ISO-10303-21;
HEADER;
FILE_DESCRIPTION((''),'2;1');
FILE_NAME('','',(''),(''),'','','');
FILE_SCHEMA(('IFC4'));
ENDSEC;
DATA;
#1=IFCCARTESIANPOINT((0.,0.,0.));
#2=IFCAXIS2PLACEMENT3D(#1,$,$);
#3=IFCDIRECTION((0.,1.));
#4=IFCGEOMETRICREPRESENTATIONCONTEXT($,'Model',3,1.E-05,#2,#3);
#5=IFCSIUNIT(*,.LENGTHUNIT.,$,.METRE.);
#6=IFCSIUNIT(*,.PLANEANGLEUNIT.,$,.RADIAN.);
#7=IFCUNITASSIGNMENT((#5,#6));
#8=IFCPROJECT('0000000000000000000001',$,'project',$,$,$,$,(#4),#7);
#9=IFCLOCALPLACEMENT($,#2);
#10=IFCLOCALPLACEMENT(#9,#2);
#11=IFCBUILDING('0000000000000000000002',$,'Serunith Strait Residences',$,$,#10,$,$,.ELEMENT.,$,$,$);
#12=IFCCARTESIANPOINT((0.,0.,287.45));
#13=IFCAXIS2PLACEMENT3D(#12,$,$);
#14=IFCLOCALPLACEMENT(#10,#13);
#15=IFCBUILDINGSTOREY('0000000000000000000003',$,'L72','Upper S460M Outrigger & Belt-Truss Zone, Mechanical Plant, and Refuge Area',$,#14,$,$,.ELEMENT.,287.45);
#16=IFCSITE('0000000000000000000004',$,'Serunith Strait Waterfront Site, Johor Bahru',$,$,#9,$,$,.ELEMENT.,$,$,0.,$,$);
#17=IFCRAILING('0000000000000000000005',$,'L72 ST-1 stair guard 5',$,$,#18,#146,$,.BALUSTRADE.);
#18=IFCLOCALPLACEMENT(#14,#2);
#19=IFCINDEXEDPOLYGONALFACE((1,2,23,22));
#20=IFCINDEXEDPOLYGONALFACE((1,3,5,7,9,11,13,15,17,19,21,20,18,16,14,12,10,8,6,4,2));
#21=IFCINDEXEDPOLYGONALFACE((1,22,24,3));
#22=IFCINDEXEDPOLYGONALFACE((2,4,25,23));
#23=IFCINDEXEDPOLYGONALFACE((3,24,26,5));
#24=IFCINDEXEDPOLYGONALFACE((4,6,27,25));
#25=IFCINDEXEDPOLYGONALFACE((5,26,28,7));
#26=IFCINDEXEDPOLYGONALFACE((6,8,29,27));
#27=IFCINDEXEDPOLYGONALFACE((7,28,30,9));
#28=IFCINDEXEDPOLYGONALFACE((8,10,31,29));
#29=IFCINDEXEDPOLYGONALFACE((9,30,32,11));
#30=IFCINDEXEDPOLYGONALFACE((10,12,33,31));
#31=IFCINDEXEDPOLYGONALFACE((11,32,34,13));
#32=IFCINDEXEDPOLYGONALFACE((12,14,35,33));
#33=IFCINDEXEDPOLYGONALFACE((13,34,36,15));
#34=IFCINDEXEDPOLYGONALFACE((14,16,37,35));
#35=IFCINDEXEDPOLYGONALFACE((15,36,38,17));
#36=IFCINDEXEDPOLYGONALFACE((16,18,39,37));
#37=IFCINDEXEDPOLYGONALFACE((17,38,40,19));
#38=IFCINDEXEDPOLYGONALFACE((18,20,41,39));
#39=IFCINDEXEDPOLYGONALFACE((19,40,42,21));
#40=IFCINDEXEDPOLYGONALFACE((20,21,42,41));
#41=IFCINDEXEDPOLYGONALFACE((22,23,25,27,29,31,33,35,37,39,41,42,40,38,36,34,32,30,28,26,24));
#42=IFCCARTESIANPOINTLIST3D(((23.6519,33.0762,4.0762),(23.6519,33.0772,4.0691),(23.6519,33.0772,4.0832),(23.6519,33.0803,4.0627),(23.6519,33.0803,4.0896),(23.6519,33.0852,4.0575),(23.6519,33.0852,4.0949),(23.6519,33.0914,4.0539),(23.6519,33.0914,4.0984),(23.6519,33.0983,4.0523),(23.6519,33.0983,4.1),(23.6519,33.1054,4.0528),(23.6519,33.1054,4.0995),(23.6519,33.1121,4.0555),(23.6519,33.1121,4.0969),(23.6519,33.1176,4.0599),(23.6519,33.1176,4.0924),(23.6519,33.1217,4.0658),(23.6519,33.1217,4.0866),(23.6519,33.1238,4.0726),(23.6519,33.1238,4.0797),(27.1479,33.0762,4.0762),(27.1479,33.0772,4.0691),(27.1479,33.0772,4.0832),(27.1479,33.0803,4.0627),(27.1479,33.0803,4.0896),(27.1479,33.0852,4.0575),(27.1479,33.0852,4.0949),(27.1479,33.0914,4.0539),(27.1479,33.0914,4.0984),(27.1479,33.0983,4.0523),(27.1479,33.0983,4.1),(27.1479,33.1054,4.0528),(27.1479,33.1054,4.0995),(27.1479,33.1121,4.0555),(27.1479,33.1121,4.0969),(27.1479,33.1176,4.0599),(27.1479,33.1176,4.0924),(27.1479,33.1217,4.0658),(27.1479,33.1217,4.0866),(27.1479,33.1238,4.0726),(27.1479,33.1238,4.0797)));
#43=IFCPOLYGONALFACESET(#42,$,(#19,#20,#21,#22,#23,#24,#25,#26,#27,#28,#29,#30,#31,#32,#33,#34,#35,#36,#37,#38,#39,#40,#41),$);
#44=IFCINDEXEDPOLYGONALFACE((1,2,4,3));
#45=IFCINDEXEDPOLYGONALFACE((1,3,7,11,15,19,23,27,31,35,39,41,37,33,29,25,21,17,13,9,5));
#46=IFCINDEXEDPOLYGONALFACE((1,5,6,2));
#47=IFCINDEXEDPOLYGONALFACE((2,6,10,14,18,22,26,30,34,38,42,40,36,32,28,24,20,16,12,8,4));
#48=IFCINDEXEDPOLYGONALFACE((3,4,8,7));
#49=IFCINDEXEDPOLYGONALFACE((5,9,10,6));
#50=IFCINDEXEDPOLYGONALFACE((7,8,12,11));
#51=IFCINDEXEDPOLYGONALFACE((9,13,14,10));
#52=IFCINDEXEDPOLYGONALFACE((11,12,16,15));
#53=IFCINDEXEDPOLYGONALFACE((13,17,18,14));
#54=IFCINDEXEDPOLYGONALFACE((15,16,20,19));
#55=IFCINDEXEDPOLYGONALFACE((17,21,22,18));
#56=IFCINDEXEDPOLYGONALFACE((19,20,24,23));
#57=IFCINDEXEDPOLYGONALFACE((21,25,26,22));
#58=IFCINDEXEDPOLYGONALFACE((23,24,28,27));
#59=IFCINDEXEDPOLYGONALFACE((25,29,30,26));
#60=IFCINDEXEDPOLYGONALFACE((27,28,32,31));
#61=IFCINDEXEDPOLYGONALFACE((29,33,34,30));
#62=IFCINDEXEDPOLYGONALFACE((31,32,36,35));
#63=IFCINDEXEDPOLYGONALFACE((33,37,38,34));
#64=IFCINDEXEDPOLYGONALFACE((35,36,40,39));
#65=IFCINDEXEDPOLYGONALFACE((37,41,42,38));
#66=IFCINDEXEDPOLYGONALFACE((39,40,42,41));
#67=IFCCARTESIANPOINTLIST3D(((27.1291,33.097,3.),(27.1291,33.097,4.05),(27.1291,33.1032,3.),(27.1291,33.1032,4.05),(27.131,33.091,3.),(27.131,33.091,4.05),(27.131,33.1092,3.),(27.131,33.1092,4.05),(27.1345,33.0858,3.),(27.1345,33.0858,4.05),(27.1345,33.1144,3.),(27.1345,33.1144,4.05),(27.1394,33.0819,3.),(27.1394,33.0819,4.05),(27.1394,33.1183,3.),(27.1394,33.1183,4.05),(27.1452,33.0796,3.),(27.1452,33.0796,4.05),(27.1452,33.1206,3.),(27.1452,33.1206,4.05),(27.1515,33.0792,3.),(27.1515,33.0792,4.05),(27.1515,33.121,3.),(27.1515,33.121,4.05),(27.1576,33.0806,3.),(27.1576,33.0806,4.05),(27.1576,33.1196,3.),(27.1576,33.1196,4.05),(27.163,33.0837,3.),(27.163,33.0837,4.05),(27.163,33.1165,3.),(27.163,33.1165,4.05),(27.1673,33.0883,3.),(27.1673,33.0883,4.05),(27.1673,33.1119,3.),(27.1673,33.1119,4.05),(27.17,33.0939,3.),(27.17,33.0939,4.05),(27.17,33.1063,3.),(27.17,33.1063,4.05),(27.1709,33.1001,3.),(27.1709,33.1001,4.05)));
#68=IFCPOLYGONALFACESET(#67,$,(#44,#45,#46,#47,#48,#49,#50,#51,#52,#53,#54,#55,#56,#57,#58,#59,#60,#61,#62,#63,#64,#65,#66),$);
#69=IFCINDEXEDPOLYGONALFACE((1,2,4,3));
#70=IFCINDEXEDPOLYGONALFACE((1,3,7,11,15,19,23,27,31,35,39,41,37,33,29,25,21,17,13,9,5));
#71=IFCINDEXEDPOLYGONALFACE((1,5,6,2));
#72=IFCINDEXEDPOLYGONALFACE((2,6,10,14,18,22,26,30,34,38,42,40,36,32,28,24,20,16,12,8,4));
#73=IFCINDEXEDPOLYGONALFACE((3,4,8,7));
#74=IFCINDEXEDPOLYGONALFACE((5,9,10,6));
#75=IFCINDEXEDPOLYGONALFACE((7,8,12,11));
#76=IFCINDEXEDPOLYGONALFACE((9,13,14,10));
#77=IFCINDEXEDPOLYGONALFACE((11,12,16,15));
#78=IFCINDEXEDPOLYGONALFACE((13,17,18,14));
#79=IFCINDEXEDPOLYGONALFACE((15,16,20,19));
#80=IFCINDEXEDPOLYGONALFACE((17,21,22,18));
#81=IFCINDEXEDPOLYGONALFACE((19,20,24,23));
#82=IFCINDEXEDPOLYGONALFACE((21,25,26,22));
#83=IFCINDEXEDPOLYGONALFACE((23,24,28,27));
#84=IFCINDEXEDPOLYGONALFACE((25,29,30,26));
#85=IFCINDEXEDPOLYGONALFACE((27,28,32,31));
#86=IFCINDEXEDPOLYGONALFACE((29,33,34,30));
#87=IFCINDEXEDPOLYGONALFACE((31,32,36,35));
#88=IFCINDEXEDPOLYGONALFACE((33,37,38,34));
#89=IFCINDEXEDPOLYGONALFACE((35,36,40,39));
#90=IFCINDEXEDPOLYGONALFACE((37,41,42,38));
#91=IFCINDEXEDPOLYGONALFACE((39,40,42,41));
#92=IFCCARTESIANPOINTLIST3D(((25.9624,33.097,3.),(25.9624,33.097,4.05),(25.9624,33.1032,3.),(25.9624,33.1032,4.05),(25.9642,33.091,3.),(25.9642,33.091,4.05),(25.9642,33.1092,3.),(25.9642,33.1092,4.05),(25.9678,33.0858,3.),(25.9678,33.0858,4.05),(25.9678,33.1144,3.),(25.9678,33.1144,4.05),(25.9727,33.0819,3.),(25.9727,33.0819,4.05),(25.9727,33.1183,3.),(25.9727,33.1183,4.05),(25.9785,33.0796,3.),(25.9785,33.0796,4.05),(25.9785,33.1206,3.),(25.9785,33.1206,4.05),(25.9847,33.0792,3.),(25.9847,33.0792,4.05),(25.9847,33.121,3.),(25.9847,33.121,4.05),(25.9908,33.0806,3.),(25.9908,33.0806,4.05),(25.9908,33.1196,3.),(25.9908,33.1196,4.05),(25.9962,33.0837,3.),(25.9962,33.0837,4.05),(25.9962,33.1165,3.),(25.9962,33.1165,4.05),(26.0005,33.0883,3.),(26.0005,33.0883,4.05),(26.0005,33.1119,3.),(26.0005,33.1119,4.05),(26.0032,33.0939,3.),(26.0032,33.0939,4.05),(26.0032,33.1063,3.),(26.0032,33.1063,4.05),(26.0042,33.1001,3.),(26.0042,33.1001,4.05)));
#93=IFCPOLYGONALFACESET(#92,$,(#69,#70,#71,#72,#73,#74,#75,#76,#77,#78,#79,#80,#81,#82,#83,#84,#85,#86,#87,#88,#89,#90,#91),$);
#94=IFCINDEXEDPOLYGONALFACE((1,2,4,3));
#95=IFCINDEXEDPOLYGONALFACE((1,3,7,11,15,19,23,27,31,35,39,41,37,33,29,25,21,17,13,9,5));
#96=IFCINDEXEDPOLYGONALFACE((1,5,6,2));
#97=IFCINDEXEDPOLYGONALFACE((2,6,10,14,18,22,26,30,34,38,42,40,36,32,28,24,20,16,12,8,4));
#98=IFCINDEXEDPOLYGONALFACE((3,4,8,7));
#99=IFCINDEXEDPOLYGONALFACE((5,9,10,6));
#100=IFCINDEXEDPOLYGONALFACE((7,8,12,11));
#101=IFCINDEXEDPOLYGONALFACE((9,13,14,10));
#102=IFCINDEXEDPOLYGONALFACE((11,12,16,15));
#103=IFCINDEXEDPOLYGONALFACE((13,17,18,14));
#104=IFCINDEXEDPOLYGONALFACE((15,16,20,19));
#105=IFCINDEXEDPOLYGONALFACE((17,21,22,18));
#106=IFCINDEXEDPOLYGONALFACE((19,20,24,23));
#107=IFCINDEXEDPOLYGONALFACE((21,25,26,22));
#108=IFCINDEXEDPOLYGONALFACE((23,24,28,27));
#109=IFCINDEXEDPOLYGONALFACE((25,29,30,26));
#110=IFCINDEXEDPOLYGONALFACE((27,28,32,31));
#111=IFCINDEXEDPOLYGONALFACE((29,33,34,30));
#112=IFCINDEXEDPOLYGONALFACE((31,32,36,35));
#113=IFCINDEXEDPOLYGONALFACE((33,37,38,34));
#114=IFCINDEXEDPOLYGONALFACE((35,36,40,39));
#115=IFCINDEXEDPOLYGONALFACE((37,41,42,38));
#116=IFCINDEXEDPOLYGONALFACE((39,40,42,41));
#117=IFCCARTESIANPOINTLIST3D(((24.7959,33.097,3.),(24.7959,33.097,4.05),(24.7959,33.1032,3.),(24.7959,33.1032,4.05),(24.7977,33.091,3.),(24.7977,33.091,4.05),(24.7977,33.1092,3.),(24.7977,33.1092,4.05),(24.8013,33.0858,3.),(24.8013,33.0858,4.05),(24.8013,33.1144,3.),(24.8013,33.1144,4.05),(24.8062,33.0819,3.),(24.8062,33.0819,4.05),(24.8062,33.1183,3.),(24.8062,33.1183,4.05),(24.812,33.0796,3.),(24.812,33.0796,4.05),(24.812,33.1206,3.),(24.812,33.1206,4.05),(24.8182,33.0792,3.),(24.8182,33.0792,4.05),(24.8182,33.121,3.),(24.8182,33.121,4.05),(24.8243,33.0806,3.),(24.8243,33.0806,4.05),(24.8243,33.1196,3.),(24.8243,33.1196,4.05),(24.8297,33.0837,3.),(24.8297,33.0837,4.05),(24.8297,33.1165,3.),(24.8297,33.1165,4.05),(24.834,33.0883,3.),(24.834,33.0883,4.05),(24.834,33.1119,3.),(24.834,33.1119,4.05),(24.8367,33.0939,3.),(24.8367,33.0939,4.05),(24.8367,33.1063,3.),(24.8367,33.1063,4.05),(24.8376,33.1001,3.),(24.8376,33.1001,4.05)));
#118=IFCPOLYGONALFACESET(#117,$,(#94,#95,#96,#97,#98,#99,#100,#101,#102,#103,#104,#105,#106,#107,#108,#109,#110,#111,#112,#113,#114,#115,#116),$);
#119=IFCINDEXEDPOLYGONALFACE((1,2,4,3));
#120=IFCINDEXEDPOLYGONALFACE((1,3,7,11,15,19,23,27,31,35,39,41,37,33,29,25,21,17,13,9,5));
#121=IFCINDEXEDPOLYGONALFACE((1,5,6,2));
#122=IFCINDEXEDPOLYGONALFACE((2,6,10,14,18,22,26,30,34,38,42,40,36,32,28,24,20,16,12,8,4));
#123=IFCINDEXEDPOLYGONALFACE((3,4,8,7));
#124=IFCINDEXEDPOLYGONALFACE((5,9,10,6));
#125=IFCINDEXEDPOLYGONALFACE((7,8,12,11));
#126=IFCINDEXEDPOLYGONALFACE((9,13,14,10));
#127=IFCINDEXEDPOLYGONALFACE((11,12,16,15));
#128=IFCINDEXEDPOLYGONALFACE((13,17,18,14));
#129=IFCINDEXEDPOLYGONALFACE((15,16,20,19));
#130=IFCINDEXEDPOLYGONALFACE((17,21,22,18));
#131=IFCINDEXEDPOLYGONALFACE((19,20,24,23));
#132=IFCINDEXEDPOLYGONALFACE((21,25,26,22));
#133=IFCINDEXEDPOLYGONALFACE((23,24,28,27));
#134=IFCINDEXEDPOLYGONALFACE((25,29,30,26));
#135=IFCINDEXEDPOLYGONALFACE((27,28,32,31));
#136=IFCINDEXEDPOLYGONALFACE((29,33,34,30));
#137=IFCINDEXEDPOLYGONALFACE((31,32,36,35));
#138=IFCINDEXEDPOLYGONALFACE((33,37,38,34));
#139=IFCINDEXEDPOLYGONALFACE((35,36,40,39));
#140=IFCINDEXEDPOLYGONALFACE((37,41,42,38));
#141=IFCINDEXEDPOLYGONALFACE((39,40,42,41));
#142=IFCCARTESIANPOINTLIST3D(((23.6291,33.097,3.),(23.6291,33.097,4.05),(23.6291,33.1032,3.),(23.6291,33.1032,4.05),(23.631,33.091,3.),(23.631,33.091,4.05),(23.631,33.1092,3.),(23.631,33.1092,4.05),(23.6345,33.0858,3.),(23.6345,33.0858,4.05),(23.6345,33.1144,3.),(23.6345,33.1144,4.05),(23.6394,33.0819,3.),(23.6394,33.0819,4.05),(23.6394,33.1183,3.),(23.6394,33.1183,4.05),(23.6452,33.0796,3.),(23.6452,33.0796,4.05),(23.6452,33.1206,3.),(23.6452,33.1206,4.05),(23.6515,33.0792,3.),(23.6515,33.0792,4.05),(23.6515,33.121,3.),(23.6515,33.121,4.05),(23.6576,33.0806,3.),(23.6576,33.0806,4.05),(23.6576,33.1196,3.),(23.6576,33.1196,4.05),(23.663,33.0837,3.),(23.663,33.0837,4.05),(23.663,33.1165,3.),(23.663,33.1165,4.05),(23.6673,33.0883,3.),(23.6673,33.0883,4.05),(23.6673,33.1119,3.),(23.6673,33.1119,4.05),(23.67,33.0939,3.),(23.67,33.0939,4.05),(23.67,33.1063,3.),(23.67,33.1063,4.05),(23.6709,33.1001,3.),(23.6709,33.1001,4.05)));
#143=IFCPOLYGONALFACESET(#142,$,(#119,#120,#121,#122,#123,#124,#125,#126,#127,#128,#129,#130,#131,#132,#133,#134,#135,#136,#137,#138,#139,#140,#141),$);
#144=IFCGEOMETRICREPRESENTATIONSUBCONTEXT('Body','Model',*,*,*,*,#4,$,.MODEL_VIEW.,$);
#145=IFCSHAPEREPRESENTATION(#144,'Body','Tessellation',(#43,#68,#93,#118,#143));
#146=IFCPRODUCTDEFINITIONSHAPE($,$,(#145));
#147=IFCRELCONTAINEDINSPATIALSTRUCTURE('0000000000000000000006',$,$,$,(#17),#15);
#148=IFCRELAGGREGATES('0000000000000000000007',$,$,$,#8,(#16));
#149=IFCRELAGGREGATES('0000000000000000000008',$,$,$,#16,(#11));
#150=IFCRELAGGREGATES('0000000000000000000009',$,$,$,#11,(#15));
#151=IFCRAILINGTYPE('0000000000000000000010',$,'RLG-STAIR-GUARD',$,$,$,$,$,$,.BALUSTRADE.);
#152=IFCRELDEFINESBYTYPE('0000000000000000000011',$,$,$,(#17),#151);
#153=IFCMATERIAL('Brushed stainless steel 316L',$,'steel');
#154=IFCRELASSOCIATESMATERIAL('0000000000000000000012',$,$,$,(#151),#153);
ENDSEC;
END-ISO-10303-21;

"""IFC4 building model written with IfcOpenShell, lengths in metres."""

from ifc_helpers import new_model, si_unit, direction, frame, origin, origin_2d, place, context, subcontext, project, spatial, circle, extrude, material, type_object, element, save


model = new_model("IFC4")

# Units and contexts
model_context = context("Model", 3, precision=1e-05, world=origin(), true_north=direction((0.0, 1.0)))
body_context = subcontext(model_context, "Body", "Model", "MODEL_VIEW")
ifc_project = project(units=[si_unit("LENGTHUNIT", "METRE"), si_unit("PLANEANGLEUNIT", "RADIAN")], contexts=[model_context])

# Site, building, storey
site_placement = place(None, origin())
site = spatial("IfcSite", under=ifc_project, at=site_placement, Name="Serunith Strait Waterfront Site, Johor Bahru", CompositionType="ELEMENT", RefElevation=0.0)
building_placement = place(site_placement, origin())
building = spatial("IfcBuilding", under=site, at=building_placement, Name="Serunith Strait Residences", CompositionType="ELEMENT")
storey_placement = place(building_placement, frame((0.0, 0.0, 287.45)))
storey = spatial("IfcBuildingStorey", under=building, at=storey_placement, Name="L72", Description="Upper S460M Outrigger & Belt-Truss Zone, Mechanical Plant, and Refuge Area", CompositionType="ELEMENT", Elevation=287.45)

# Railing
ifc_material_1 = material(Name="Brushed stainless steel 316L", Category="steel")
railing_type_1 = type_object("IfcRailingType", Name="RLG-STAIR-GUARD", PredefinedType="BALUSTRADE", material=ifc_material_1)
railing_1_placement = place(storey_placement, frame((27.1499, 33.1001, 3.0)))
element("IfcRailing", 1, at=railing_1_placement, inside=storey, type_object=railing_type_1, Name="L72 ST-1 stair guard 5", PredefinedType="BALUSTRADE", context=body_context, shape_type="SweptSolid", body=[
    extrude(circle(Radius=0.0239, at=origin_2d()), frame((-0.002, 0.0, 1.0762), z_axis=(-1.0, 0.0, 0.0), x_axis=(0.0, -1.0, 0.0)), (0.0, 0.0, 1.0), 3.4961),
    extrude(circle(Radius=0.021, at=origin_2d()), origin(), (0.0, 0.0, 1.0), 1.05),
    extrude(circle(Radius=0.021, at=origin_2d()), frame((-1.1667, 0.0, 0.0)), (0.0, 0.0, 1.0), 1.05),
    extrude(circle(Radius=0.021, at=origin_2d()), frame((-2.3333, 0.0, 0.0)), (0.0, 0.0, 1.0), 1.05),
    extrude(circle(Radius=0.021, at=origin_2d()), frame((-3.5, 0.0, 0.0)), (0.0, 0.0, 1.0), 1.05),
])

save(model, "model.ifc")
